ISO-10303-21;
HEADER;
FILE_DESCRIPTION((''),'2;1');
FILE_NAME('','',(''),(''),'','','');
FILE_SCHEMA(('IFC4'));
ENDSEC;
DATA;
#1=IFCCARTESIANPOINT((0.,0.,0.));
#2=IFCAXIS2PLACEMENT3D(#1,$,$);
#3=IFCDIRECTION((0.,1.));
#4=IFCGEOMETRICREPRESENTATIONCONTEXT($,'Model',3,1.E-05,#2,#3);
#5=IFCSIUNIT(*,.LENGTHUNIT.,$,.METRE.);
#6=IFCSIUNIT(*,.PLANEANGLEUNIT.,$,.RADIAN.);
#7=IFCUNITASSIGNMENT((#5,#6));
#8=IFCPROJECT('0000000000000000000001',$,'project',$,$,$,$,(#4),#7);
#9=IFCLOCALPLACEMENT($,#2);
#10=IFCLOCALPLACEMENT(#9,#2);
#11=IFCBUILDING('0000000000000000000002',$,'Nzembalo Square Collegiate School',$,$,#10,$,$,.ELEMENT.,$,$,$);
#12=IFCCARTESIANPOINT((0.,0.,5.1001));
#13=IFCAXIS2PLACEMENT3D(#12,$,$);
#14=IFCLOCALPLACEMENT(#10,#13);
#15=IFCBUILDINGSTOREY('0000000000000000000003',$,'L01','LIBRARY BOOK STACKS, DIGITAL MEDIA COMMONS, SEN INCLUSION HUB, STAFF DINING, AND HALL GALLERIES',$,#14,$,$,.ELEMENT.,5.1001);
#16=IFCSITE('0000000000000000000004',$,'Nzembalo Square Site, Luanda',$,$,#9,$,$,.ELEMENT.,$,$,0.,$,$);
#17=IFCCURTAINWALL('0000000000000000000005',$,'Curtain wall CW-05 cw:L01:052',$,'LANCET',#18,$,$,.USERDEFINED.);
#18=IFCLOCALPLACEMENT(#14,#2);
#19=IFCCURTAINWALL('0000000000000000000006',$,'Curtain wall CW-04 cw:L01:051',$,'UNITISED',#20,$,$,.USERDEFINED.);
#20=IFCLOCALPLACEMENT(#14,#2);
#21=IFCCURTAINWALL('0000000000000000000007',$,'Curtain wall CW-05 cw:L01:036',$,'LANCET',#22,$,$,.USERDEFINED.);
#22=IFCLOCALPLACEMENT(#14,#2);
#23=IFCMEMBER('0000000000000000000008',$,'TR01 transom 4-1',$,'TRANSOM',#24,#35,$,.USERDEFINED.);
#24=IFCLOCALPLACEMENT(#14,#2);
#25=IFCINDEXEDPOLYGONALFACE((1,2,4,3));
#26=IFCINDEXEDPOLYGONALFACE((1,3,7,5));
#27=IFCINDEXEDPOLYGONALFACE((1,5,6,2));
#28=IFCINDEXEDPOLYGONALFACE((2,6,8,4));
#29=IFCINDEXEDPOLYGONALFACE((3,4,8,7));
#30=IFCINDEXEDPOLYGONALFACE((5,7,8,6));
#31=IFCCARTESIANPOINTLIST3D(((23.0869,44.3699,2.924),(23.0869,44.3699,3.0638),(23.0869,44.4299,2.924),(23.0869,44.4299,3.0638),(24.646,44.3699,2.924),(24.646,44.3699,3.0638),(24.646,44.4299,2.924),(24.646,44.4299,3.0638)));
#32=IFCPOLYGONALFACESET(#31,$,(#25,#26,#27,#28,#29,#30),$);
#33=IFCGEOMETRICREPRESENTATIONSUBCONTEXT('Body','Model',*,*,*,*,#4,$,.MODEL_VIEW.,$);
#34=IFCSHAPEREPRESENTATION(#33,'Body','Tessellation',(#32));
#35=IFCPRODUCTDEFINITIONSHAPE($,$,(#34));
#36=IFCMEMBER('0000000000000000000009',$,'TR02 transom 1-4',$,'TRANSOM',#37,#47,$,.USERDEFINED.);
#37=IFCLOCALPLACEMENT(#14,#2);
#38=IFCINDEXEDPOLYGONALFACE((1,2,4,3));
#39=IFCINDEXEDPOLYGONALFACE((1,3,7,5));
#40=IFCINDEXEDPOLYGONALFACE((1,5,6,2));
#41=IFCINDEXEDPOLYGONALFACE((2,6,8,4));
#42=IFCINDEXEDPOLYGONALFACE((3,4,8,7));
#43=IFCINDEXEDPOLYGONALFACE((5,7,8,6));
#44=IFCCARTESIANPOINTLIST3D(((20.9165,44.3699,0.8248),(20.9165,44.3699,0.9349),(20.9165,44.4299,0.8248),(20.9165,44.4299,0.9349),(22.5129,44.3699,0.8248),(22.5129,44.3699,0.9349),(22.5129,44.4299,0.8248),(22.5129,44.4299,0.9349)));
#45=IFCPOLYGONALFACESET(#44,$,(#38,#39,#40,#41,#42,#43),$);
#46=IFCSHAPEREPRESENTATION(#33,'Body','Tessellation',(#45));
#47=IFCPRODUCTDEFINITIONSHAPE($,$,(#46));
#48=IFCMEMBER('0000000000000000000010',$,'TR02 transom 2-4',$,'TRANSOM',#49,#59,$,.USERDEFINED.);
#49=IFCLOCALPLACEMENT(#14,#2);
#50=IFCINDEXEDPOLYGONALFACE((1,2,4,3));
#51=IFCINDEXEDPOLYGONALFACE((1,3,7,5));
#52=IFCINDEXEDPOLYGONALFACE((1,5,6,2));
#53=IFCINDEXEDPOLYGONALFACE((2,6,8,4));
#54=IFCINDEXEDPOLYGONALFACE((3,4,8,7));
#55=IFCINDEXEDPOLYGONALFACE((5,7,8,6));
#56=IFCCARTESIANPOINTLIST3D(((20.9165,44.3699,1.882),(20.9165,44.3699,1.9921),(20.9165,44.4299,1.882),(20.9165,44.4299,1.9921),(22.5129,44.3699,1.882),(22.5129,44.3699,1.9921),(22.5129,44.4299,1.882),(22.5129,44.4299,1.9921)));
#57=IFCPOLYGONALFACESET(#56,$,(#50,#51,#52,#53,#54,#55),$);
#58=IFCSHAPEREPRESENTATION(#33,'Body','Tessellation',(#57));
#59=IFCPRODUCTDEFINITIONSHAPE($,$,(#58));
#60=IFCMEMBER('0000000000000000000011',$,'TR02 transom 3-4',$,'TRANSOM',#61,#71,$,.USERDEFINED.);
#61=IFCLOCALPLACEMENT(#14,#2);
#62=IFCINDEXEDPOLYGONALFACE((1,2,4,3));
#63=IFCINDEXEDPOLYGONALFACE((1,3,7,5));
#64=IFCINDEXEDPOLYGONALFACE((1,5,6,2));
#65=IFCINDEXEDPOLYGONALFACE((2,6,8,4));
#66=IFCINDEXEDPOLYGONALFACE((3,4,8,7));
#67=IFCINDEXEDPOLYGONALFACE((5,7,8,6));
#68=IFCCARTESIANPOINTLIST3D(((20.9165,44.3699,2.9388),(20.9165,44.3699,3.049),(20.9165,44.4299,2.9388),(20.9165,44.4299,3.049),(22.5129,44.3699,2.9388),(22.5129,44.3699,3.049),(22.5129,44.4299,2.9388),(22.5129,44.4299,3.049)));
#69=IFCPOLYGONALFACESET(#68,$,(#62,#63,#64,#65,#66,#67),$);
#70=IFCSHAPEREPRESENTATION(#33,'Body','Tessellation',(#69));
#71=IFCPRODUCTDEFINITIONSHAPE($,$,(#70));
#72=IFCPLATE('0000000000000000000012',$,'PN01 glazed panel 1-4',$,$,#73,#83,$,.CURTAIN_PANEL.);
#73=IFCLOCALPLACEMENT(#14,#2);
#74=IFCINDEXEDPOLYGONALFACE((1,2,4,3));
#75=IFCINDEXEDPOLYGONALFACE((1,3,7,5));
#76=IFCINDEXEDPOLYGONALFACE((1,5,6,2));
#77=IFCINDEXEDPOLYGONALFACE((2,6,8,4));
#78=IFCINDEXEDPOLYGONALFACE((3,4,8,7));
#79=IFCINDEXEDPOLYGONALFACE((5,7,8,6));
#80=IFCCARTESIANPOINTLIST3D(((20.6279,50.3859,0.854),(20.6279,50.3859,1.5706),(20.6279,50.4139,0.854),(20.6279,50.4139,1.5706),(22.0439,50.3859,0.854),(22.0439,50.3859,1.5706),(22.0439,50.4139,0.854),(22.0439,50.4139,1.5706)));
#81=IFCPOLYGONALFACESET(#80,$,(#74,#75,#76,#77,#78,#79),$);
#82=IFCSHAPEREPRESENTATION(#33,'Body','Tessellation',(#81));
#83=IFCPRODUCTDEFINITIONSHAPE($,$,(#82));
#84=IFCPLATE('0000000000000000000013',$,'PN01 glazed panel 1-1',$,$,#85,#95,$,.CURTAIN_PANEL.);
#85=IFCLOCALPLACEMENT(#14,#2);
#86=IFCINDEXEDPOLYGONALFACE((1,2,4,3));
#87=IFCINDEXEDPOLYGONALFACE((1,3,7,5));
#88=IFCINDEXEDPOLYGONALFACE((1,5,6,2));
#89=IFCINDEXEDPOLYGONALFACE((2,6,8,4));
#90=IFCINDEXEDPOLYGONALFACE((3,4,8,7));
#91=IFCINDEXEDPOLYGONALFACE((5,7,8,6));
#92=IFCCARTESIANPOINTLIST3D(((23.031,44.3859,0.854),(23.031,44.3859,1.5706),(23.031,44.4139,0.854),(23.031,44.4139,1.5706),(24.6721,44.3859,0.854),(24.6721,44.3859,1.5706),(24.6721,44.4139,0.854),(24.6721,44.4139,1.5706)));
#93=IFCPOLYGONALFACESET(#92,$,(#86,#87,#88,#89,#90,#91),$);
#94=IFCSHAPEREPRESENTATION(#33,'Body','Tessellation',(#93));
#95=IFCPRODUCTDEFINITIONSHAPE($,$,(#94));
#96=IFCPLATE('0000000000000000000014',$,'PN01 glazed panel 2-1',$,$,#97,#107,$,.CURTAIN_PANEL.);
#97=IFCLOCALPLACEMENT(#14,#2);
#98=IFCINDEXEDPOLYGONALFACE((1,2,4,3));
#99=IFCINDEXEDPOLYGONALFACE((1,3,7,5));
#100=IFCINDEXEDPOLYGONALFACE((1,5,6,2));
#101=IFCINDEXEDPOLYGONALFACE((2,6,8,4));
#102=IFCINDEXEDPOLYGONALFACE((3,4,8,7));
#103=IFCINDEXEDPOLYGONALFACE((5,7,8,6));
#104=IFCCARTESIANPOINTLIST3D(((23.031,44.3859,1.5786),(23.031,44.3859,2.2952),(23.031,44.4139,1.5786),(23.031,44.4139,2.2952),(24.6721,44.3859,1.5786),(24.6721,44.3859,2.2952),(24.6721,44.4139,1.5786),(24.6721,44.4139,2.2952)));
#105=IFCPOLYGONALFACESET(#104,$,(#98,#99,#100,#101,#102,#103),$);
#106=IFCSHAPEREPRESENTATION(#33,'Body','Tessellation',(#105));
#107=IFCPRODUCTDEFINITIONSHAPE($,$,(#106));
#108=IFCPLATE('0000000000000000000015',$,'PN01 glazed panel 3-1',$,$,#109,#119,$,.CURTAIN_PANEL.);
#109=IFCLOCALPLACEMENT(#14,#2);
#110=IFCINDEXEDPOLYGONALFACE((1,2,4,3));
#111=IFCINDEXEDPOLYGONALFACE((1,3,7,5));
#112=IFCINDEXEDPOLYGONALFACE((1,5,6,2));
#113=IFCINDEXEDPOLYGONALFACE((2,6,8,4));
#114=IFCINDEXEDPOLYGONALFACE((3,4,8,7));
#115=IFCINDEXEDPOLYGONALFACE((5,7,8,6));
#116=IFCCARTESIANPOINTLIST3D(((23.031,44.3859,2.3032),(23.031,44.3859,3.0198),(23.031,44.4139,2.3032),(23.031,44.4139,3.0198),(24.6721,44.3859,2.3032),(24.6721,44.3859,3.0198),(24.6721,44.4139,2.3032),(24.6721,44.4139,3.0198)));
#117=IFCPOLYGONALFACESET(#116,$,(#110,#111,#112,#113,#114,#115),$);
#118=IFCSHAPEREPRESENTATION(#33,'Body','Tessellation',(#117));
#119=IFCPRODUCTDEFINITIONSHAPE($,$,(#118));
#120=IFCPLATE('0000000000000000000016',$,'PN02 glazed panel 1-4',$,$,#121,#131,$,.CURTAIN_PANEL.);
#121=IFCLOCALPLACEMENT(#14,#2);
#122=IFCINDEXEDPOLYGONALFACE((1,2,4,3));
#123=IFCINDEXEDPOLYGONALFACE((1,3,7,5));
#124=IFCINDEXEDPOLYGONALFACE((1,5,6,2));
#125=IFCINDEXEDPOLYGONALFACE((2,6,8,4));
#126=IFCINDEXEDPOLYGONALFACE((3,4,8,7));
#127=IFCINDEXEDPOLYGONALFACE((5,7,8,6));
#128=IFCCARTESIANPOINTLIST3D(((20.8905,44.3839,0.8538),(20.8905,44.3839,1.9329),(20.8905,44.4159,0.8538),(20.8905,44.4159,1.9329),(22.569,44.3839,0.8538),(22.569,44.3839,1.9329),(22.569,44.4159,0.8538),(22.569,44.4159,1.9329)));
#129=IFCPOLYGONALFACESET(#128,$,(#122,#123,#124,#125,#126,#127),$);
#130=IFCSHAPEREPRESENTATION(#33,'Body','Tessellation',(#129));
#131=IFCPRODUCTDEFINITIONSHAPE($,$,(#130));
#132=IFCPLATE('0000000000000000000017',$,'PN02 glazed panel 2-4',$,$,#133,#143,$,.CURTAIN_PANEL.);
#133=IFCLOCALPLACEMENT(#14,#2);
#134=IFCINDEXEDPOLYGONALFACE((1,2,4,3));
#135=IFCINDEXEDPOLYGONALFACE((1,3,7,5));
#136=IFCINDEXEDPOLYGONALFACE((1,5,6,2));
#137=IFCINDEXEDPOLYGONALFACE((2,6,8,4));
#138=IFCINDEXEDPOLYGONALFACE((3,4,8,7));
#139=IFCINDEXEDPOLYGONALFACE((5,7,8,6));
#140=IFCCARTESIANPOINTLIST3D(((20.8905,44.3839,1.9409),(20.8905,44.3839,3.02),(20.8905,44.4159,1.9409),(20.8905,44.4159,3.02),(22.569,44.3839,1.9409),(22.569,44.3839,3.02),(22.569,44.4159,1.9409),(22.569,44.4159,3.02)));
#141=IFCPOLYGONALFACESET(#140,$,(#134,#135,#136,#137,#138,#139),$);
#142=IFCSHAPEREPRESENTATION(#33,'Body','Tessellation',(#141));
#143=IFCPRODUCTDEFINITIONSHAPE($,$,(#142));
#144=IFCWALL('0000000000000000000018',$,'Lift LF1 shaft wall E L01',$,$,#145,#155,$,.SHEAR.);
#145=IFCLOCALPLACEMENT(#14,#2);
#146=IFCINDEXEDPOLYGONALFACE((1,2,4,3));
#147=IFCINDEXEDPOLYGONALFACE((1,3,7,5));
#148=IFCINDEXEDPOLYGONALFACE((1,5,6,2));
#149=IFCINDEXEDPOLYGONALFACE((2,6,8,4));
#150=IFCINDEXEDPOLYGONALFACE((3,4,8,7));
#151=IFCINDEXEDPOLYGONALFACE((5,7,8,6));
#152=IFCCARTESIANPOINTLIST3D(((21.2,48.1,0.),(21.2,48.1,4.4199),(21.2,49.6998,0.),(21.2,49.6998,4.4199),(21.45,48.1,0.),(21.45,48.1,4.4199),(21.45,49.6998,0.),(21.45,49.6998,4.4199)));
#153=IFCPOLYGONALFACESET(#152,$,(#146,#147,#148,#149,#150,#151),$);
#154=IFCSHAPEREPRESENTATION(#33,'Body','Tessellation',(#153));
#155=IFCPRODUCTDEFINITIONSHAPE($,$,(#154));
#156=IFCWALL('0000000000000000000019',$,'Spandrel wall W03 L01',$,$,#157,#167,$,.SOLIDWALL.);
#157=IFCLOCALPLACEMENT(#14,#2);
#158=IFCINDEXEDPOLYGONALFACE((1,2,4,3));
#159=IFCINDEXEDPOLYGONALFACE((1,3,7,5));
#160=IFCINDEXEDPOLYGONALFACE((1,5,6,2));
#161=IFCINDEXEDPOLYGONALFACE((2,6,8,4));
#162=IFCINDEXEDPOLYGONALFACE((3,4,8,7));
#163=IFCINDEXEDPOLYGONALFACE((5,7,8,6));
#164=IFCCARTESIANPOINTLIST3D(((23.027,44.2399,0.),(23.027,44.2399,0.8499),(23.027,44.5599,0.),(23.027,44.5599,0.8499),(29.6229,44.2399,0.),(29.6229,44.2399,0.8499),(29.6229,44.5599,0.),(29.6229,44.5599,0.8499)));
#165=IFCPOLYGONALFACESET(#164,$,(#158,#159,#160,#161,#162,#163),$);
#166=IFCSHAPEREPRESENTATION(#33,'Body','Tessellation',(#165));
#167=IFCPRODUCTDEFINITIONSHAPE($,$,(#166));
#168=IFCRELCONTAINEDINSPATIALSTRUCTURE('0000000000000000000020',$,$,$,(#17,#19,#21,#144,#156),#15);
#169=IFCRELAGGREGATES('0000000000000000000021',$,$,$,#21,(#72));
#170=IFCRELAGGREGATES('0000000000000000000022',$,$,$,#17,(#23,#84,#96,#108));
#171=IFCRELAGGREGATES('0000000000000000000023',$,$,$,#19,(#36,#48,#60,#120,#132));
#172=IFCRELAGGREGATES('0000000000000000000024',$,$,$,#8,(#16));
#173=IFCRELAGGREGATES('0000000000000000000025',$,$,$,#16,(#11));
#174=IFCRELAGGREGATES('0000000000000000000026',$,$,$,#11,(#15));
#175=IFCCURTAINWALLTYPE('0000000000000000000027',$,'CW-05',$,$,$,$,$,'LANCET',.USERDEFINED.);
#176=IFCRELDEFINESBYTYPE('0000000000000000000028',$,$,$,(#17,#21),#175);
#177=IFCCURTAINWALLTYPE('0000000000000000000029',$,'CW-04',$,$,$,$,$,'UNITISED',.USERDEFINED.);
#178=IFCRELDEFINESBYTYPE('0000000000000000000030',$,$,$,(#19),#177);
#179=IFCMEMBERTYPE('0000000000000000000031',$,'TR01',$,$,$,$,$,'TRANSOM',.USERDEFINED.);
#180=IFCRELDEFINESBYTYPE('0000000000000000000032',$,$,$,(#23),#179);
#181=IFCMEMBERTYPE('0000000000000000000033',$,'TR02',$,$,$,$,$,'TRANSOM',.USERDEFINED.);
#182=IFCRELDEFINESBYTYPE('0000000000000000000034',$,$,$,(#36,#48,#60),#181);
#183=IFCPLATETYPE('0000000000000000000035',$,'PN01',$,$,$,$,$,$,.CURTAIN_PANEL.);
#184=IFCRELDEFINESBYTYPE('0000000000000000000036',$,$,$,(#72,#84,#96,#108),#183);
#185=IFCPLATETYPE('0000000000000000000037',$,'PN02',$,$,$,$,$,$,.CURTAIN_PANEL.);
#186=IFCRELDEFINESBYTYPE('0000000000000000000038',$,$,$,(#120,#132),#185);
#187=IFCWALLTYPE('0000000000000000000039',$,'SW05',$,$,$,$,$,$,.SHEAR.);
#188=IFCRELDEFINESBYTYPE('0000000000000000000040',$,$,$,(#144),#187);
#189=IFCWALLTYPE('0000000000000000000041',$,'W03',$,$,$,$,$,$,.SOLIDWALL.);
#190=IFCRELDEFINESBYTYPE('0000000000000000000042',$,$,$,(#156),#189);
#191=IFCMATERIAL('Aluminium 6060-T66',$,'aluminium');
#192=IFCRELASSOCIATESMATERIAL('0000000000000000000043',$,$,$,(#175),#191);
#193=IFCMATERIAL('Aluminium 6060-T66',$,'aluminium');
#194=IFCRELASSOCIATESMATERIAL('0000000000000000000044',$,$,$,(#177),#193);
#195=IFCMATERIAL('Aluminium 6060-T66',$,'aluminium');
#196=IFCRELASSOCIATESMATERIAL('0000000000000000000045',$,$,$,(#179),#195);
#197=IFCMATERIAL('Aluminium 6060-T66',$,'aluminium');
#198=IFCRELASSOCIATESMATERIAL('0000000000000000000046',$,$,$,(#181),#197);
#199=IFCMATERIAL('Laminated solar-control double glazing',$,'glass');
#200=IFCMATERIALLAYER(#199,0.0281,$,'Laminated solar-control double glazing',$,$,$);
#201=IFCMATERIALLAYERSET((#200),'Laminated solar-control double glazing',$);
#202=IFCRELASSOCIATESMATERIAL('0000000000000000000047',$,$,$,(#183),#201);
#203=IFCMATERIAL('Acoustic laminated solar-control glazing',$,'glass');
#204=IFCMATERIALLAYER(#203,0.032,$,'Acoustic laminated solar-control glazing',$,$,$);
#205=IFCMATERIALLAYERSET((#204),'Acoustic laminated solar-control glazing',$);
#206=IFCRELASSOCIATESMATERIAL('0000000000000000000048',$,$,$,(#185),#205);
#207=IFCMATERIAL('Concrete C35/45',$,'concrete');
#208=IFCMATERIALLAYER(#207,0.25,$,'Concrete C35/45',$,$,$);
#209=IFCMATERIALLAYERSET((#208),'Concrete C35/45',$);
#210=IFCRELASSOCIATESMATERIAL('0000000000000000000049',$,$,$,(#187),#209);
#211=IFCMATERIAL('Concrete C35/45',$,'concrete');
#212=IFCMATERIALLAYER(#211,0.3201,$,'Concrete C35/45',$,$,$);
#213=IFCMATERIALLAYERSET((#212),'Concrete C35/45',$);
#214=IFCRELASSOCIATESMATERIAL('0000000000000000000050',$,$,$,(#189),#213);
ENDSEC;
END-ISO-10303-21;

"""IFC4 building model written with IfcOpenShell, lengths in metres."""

from ifc_helpers import new_model, si_unit, direction, frame, frame_2d, origin, origin_2d, place, context, subcontext, project, spatial, rectangle, extrude, material, layer, layer_set, material_profile, profile_set, type_object, element, aggregate, save


model = new_model("IFC4")

# Units and contexts
model_context = context("Model", 3, precision=1e-05, world=origin(), true_north=direction((0.0, 1.0)))
body_context = subcontext(model_context, "Body", "Model", "MODEL_VIEW")
ifc_project = project(units=[si_unit("LENGTHUNIT", "METRE"), si_unit("PLANEANGLEUNIT", "RADIAN")], contexts=[model_context])

# Site, building, storey
site_placement = place(None, origin())
site = spatial("IfcSite", under=ifc_project, at=site_placement, Name="Nzembalo Square Site, Luanda", CompositionType="ELEMENT", RefElevation=0.0)
building_placement = place(site_placement, origin())
building = spatial("IfcBuilding", under=site, at=building_placement, Name="Nzembalo Square Collegiate School", CompositionType="ELEMENT")
storey_placement = place(building_placement, frame((0.0, 0.0, 5.1001)))
storey = spatial("IfcBuildingStorey", under=building, at=storey_placement, Name="L01", Description="LIBRARY BOOK STACKS, DIGITAL MEDIA COMMONS, SEN INCLUSION HUB, STAFF DINING, AND HALL GALLERIES", CompositionType="ELEMENT", Elevation=5.1001)

# Curtain walls
ifc_material_1 = material(Name="Aluminium 6060-T66", Category="aluminium")
curtain_wall_type_1 = type_object("IfcCurtainWallType", Name="CW-05", ElementType="LANCET", PredefinedType="USERDEFINED", material=ifc_material_1)
curtain_wall_1_placement = place(storey_placement, origin())
curtain_wall_1 = element("IfcCurtainWall", 1, at=curtain_wall_1_placement, inside=storey, type_object=curtain_wall_type_1, Name="Curtain wall CW-05 cw:L01:052", ObjectType="LANCET", PredefinedType="USERDEFINED")
ifc_material_2 = material(Name="Aluminium 6060-T66", Category="aluminium")
curtain_wall_type_2 = type_object("IfcCurtainWallType", Name="CW-04", ElementType="UNITISED", PredefinedType="USERDEFINED", material=ifc_material_2)
curtain_wall_2_placement = place(storey_placement, origin())
curtain_wall_2 = element("IfcCurtainWall", 2, at=curtain_wall_2_placement, inside=storey, type_object=curtain_wall_type_2, Name="Curtain wall CW-04 cw:L01:051", ObjectType="UNITISED", PredefinedType="USERDEFINED")

# Curtain wall
curtain_wall_3_placement = place(storey_placement, origin())
curtain_wall_3 = element("IfcCurtainWall", 3, at=curtain_wall_3_placement, inside=storey, type_object=curtain_wall_type_1, Name="Curtain wall CW-05 cw:L01:036", ObjectType="LANCET", PredefinedType="USERDEFINED")
ifc_material_3 = material(Name="Aluminium 6060-T66", Category="aluminium")
ifc_material_profile_1 = material_profile(ifc_material_3, rectangle(XDim=0.0601, YDim=0.1399, at=origin_2d()), Name="ALU T60x140")
ifc_profile_set_1 = profile_set([ifc_material_profile_1], Name="Aluminium 6060-T66")
member_type_1 = type_object("IfcMemberType", Name="TR01", ElementType="TRANSOM", PredefinedType="USERDEFINED", material=ifc_profile_set_1)

# Members
member_1_placement = place(storey_placement, frame((23.0869, 44.3999, 2.9939), z_axis=(1.0, 0.0, 0.0), x_axis=(0.0, 1.0, 0.0)))
member_1 = element("IfcMember", 4, at=member_1_placement, type_object=member_type_1, Name="TR01 transom 4-1", ObjectType="TRANSOM", PredefinedType="USERDEFINED", context=body_context, shape_type="SweptSolid", body=[
    extrude(rectangle(XDim=0.0601, YDim=0.1399, at=origin_2d()), origin(), (0.0, 0.0, 1.0), 1.5591),
])
ifc_material_4 = material(Name="Aluminium 6060-T66", Category="aluminium")
ifc_material_profile_2 = material_profile(ifc_material_4, rectangle(XDim=0.0601, YDim=0.1101, at=origin_2d()), Name="ALU T60x110")
ifc_profile_set_2 = profile_set([ifc_material_profile_2], Name="Aluminium 6060-T66")
member_type_2 = type_object("IfcMemberType", Name="TR02", ElementType="TRANSOM", PredefinedType="USERDEFINED", material=ifc_profile_set_2)
member_2_placement = place(storey_placement, frame((20.9165, 44.3999, 0.8799), z_axis=(1.0, 0.0, 0.0), x_axis=(0.0, 1.0, 0.0)))
member_2 = element("IfcMember", 5, at=member_2_placement, type_object=member_type_2, Name="TR02 transom 1-4", ObjectType="TRANSOM", PredefinedType="USERDEFINED", context=body_context, shape_type="SweptSolid", body=[
    extrude(rectangle(XDim=0.0601, YDim=0.1101, at=origin_2d()), origin(), (0.0, 0.0, 1.0), 1.5964),
])
member_3_placement = place(storey_placement, frame((20.9165, 44.3999, 1.937), z_axis=(1.0, 0.0, 0.0), x_axis=(0.0, 1.0, 0.0)))
member_3 = element("IfcMember", 6, at=member_3_placement, type_object=member_type_2, Name="TR02 transom 2-4", ObjectType="TRANSOM", PredefinedType="USERDEFINED", context=body_context, shape_type="SweptSolid", body=[
    extrude(rectangle(XDim=0.0601, YDim=0.1101, at=origin_2d()), origin(), (0.0, 0.0, 1.0), 1.5964),
])
member_4_placement = place(storey_placement, frame((20.9165, 44.3999, 2.9939), z_axis=(1.0, 0.0, 0.0), x_axis=(0.0, 1.0, 0.0)))
member_4 = element("IfcMember", 7, at=member_4_placement, type_object=member_type_2, Name="TR02 transom 3-4", ObjectType="TRANSOM", PredefinedType="USERDEFINED", context=body_context, shape_type="SweptSolid", body=[
    extrude(rectangle(XDim=0.0601, YDim=0.1101, at=origin_2d()), origin(), (0.0, 0.0, 1.0), 1.5964),
])

# Plates
ifc_material_5 = material(Name="Laminated solar-control double glazing", Category="glass")
ifc_layer_1 = layer(ifc_material_5, 0.0281, Name="Laminated solar-control double glazing")
ifc_layer_set_1 = layer_set([ifc_layer_1], Name="Laminated solar-control double glazing")
plate_type_1 = type_object("IfcPlateType", Name="PN01", PredefinedType="CURTAIN_PANEL", material=ifc_layer_set_1)
plate_1_placement = place(storey_placement, frame((21.3359, 50.3999, 0.854), z_axis=(0.0, 0.0, 1.0), x_axis=(1.0, 0.0, 0.0)))
plate_1 = element("IfcPlate", 8, at=plate_1_placement, type_object=plate_type_1, Name="PN01 glazed panel 1-4", PredefinedType="CURTAIN_PANEL", context=body_context, shape_type="SweptSolid", body=[
    extrude(rectangle(XDim=1.416, YDim=0.0281, at=origin_2d()), origin(), (0.0, 0.0, 1.0), 0.7166),
])
aggregate(curtain_wall_3, [plate_1])
plate_2_placement = place(storey_placement, frame((23.8516, 44.3999, 0.854), z_axis=(0.0, 0.0, 1.0), x_axis=(1.0, 0.0, 0.0)))
plate_2 = element("IfcPlate", 9, at=plate_2_placement, type_object=plate_type_1, Name="PN01 glazed panel 1-1", PredefinedType="CURTAIN_PANEL", context=body_context, shape_type="SweptSolid", body=[
    extrude(rectangle(XDim=1.6411, YDim=0.0281, at=origin_2d()), origin(), (0.0, 0.0, 1.0), 0.7166),
])
plate_3_placement = place(storey_placement, frame((23.8516, 44.3999, 1.5786), z_axis=(0.0, 0.0, 1.0), x_axis=(1.0, 0.0, 0.0)))
plate_3 = element("IfcPlate", 10, at=plate_3_placement, type_object=plate_type_1, Name="PN01 glazed panel 2-1", PredefinedType="CURTAIN_PANEL", context=body_context, shape_type="SweptSolid", body=[
    extrude(rectangle(XDim=1.6411, YDim=0.0281, at=origin_2d()), origin(), (0.0, 0.0, 1.0), 0.7166),
])
plate_4_placement = place(storey_placement, frame((23.8516, 44.3999, 2.3032), z_axis=(0.0, 0.0, 1.0), x_axis=(1.0, 0.0, 0.0)))
plate_4 = element("IfcPlate", 11, at=plate_4_placement, type_object=plate_type_1, Name="PN01 glazed panel 3-1", PredefinedType="CURTAIN_PANEL", context=body_context, shape_type="SweptSolid", body=[
    extrude(rectangle(XDim=1.6411, YDim=0.0281, at=origin_2d()), origin(), (0.0, 0.0, 1.0), 0.7166),
])
aggregate(curtain_wall_1, [member_1, plate_2, plate_3, plate_4])
ifc_material_6 = material(Name="Acoustic laminated solar-control glazing", Category="glass")
ifc_layer_2 = layer(ifc_material_6, 0.032, Name="Acoustic laminated solar-control glazing")
ifc_layer_set_2 = layer_set([ifc_layer_2], Name="Acoustic laminated solar-control glazing")
plate_type_2 = type_object("IfcPlateType", Name="PN02", PredefinedType="CURTAIN_PANEL", material=ifc_layer_set_2)
plate_5_placement = place(storey_placement, frame((21.7297, 44.3999, 0.8538), z_axis=(0.0, 0.0, 1.0), x_axis=(1.0, 0.0, 0.0)))
plate_5 = element("IfcPlate", 12, at=plate_5_placement, type_object=plate_type_2, Name="PN02 glazed panel 1-4", PredefinedType="CURTAIN_PANEL", context=body_context, shape_type="SweptSolid", body=[
    extrude(rectangle(XDim=1.6785, YDim=0.032, at=origin_2d()), origin(), (0.0, 0.0, 1.0), 1.0791),
])
plate_6_placement = place(storey_placement, frame((21.7297, 44.3999, 1.9409), z_axis=(0.0, 0.0, 1.0), x_axis=(1.0, 0.0, 0.0)))
plate_6 = element("IfcPlate", 13, at=plate_6_placement, type_object=plate_type_2, Name="PN02 glazed panel 2-4", PredefinedType="CURTAIN_PANEL", context=body_context, shape_type="SweptSolid", body=[
    extrude(rectangle(XDim=1.6785, YDim=0.032, at=origin_2d()), origin(), (0.0, 0.0, 1.0), 1.0791),
])
aggregate(curtain_wall_2, [member_2, member_3, member_4, plate_5, plate_6])

# Walls
ifc_material_7 = material(Name="Concrete C35/45", Category="concrete")
ifc_layer_3 = layer(ifc_material_7, 0.25, Name="Concrete C35/45")
ifc_layer_set_3 = layer_set([ifc_layer_3], Name="Concrete C35/45")
wall_type_1 = type_object("IfcWallType", Name="SW05", PredefinedType="SHEAR", material=ifc_layer_set_3)
wall_1_placement = place(storey_placement, frame((21.325, 48.1001, 0.0), z_axis=(0.0, 0.0, 1.0), x_axis=(0.0, 1.0, 0.0)))
element("IfcWall", 14, at=wall_1_placement, inside=storey, type_object=wall_type_1, Name="Lift LF1 shaft wall E L01", PredefinedType="SHEAR", context=body_context, shape_type="SweptSolid", body=[
    extrude(rectangle(XDim=1.5999, YDim=0.25, at=frame_2d((0.7998, 0.0))), origin(), (0.0, 0.0, 1.0), 4.4199),
])
ifc_material_8 = material(Name="Concrete C35/45", Category="concrete")
ifc_layer_4 = layer(ifc_material_8, 0.3201, Name="Concrete C35/45")
ifc_layer_set_4 = layer_set([ifc_layer_4], Name="Concrete C35/45")
wall_type_2 = type_object("IfcWallType", Name="W03", PredefinedType="SOLIDWALL", material=ifc_layer_set_4)
wall_2_placement = place(storey_placement, frame((23.0271, 44.3999, 0.0), z_axis=(0.0, 0.0, 1.0), x_axis=(1.0, 0.0, 0.0)))
element("IfcWall", 15, at=wall_2_placement, inside=storey, type_object=wall_type_2, Name="Spandrel wall W03 L01", PredefinedType="SOLIDWALL", context=body_context, shape_type="SweptSolid", body=[
    extrude(rectangle(XDim=6.5959, YDim=0.3201, at=frame_2d((3.2979, 0.0))), origin(), (0.0, 0.0, 1.0), 0.8499),
])

save(model, "model.ifc")
